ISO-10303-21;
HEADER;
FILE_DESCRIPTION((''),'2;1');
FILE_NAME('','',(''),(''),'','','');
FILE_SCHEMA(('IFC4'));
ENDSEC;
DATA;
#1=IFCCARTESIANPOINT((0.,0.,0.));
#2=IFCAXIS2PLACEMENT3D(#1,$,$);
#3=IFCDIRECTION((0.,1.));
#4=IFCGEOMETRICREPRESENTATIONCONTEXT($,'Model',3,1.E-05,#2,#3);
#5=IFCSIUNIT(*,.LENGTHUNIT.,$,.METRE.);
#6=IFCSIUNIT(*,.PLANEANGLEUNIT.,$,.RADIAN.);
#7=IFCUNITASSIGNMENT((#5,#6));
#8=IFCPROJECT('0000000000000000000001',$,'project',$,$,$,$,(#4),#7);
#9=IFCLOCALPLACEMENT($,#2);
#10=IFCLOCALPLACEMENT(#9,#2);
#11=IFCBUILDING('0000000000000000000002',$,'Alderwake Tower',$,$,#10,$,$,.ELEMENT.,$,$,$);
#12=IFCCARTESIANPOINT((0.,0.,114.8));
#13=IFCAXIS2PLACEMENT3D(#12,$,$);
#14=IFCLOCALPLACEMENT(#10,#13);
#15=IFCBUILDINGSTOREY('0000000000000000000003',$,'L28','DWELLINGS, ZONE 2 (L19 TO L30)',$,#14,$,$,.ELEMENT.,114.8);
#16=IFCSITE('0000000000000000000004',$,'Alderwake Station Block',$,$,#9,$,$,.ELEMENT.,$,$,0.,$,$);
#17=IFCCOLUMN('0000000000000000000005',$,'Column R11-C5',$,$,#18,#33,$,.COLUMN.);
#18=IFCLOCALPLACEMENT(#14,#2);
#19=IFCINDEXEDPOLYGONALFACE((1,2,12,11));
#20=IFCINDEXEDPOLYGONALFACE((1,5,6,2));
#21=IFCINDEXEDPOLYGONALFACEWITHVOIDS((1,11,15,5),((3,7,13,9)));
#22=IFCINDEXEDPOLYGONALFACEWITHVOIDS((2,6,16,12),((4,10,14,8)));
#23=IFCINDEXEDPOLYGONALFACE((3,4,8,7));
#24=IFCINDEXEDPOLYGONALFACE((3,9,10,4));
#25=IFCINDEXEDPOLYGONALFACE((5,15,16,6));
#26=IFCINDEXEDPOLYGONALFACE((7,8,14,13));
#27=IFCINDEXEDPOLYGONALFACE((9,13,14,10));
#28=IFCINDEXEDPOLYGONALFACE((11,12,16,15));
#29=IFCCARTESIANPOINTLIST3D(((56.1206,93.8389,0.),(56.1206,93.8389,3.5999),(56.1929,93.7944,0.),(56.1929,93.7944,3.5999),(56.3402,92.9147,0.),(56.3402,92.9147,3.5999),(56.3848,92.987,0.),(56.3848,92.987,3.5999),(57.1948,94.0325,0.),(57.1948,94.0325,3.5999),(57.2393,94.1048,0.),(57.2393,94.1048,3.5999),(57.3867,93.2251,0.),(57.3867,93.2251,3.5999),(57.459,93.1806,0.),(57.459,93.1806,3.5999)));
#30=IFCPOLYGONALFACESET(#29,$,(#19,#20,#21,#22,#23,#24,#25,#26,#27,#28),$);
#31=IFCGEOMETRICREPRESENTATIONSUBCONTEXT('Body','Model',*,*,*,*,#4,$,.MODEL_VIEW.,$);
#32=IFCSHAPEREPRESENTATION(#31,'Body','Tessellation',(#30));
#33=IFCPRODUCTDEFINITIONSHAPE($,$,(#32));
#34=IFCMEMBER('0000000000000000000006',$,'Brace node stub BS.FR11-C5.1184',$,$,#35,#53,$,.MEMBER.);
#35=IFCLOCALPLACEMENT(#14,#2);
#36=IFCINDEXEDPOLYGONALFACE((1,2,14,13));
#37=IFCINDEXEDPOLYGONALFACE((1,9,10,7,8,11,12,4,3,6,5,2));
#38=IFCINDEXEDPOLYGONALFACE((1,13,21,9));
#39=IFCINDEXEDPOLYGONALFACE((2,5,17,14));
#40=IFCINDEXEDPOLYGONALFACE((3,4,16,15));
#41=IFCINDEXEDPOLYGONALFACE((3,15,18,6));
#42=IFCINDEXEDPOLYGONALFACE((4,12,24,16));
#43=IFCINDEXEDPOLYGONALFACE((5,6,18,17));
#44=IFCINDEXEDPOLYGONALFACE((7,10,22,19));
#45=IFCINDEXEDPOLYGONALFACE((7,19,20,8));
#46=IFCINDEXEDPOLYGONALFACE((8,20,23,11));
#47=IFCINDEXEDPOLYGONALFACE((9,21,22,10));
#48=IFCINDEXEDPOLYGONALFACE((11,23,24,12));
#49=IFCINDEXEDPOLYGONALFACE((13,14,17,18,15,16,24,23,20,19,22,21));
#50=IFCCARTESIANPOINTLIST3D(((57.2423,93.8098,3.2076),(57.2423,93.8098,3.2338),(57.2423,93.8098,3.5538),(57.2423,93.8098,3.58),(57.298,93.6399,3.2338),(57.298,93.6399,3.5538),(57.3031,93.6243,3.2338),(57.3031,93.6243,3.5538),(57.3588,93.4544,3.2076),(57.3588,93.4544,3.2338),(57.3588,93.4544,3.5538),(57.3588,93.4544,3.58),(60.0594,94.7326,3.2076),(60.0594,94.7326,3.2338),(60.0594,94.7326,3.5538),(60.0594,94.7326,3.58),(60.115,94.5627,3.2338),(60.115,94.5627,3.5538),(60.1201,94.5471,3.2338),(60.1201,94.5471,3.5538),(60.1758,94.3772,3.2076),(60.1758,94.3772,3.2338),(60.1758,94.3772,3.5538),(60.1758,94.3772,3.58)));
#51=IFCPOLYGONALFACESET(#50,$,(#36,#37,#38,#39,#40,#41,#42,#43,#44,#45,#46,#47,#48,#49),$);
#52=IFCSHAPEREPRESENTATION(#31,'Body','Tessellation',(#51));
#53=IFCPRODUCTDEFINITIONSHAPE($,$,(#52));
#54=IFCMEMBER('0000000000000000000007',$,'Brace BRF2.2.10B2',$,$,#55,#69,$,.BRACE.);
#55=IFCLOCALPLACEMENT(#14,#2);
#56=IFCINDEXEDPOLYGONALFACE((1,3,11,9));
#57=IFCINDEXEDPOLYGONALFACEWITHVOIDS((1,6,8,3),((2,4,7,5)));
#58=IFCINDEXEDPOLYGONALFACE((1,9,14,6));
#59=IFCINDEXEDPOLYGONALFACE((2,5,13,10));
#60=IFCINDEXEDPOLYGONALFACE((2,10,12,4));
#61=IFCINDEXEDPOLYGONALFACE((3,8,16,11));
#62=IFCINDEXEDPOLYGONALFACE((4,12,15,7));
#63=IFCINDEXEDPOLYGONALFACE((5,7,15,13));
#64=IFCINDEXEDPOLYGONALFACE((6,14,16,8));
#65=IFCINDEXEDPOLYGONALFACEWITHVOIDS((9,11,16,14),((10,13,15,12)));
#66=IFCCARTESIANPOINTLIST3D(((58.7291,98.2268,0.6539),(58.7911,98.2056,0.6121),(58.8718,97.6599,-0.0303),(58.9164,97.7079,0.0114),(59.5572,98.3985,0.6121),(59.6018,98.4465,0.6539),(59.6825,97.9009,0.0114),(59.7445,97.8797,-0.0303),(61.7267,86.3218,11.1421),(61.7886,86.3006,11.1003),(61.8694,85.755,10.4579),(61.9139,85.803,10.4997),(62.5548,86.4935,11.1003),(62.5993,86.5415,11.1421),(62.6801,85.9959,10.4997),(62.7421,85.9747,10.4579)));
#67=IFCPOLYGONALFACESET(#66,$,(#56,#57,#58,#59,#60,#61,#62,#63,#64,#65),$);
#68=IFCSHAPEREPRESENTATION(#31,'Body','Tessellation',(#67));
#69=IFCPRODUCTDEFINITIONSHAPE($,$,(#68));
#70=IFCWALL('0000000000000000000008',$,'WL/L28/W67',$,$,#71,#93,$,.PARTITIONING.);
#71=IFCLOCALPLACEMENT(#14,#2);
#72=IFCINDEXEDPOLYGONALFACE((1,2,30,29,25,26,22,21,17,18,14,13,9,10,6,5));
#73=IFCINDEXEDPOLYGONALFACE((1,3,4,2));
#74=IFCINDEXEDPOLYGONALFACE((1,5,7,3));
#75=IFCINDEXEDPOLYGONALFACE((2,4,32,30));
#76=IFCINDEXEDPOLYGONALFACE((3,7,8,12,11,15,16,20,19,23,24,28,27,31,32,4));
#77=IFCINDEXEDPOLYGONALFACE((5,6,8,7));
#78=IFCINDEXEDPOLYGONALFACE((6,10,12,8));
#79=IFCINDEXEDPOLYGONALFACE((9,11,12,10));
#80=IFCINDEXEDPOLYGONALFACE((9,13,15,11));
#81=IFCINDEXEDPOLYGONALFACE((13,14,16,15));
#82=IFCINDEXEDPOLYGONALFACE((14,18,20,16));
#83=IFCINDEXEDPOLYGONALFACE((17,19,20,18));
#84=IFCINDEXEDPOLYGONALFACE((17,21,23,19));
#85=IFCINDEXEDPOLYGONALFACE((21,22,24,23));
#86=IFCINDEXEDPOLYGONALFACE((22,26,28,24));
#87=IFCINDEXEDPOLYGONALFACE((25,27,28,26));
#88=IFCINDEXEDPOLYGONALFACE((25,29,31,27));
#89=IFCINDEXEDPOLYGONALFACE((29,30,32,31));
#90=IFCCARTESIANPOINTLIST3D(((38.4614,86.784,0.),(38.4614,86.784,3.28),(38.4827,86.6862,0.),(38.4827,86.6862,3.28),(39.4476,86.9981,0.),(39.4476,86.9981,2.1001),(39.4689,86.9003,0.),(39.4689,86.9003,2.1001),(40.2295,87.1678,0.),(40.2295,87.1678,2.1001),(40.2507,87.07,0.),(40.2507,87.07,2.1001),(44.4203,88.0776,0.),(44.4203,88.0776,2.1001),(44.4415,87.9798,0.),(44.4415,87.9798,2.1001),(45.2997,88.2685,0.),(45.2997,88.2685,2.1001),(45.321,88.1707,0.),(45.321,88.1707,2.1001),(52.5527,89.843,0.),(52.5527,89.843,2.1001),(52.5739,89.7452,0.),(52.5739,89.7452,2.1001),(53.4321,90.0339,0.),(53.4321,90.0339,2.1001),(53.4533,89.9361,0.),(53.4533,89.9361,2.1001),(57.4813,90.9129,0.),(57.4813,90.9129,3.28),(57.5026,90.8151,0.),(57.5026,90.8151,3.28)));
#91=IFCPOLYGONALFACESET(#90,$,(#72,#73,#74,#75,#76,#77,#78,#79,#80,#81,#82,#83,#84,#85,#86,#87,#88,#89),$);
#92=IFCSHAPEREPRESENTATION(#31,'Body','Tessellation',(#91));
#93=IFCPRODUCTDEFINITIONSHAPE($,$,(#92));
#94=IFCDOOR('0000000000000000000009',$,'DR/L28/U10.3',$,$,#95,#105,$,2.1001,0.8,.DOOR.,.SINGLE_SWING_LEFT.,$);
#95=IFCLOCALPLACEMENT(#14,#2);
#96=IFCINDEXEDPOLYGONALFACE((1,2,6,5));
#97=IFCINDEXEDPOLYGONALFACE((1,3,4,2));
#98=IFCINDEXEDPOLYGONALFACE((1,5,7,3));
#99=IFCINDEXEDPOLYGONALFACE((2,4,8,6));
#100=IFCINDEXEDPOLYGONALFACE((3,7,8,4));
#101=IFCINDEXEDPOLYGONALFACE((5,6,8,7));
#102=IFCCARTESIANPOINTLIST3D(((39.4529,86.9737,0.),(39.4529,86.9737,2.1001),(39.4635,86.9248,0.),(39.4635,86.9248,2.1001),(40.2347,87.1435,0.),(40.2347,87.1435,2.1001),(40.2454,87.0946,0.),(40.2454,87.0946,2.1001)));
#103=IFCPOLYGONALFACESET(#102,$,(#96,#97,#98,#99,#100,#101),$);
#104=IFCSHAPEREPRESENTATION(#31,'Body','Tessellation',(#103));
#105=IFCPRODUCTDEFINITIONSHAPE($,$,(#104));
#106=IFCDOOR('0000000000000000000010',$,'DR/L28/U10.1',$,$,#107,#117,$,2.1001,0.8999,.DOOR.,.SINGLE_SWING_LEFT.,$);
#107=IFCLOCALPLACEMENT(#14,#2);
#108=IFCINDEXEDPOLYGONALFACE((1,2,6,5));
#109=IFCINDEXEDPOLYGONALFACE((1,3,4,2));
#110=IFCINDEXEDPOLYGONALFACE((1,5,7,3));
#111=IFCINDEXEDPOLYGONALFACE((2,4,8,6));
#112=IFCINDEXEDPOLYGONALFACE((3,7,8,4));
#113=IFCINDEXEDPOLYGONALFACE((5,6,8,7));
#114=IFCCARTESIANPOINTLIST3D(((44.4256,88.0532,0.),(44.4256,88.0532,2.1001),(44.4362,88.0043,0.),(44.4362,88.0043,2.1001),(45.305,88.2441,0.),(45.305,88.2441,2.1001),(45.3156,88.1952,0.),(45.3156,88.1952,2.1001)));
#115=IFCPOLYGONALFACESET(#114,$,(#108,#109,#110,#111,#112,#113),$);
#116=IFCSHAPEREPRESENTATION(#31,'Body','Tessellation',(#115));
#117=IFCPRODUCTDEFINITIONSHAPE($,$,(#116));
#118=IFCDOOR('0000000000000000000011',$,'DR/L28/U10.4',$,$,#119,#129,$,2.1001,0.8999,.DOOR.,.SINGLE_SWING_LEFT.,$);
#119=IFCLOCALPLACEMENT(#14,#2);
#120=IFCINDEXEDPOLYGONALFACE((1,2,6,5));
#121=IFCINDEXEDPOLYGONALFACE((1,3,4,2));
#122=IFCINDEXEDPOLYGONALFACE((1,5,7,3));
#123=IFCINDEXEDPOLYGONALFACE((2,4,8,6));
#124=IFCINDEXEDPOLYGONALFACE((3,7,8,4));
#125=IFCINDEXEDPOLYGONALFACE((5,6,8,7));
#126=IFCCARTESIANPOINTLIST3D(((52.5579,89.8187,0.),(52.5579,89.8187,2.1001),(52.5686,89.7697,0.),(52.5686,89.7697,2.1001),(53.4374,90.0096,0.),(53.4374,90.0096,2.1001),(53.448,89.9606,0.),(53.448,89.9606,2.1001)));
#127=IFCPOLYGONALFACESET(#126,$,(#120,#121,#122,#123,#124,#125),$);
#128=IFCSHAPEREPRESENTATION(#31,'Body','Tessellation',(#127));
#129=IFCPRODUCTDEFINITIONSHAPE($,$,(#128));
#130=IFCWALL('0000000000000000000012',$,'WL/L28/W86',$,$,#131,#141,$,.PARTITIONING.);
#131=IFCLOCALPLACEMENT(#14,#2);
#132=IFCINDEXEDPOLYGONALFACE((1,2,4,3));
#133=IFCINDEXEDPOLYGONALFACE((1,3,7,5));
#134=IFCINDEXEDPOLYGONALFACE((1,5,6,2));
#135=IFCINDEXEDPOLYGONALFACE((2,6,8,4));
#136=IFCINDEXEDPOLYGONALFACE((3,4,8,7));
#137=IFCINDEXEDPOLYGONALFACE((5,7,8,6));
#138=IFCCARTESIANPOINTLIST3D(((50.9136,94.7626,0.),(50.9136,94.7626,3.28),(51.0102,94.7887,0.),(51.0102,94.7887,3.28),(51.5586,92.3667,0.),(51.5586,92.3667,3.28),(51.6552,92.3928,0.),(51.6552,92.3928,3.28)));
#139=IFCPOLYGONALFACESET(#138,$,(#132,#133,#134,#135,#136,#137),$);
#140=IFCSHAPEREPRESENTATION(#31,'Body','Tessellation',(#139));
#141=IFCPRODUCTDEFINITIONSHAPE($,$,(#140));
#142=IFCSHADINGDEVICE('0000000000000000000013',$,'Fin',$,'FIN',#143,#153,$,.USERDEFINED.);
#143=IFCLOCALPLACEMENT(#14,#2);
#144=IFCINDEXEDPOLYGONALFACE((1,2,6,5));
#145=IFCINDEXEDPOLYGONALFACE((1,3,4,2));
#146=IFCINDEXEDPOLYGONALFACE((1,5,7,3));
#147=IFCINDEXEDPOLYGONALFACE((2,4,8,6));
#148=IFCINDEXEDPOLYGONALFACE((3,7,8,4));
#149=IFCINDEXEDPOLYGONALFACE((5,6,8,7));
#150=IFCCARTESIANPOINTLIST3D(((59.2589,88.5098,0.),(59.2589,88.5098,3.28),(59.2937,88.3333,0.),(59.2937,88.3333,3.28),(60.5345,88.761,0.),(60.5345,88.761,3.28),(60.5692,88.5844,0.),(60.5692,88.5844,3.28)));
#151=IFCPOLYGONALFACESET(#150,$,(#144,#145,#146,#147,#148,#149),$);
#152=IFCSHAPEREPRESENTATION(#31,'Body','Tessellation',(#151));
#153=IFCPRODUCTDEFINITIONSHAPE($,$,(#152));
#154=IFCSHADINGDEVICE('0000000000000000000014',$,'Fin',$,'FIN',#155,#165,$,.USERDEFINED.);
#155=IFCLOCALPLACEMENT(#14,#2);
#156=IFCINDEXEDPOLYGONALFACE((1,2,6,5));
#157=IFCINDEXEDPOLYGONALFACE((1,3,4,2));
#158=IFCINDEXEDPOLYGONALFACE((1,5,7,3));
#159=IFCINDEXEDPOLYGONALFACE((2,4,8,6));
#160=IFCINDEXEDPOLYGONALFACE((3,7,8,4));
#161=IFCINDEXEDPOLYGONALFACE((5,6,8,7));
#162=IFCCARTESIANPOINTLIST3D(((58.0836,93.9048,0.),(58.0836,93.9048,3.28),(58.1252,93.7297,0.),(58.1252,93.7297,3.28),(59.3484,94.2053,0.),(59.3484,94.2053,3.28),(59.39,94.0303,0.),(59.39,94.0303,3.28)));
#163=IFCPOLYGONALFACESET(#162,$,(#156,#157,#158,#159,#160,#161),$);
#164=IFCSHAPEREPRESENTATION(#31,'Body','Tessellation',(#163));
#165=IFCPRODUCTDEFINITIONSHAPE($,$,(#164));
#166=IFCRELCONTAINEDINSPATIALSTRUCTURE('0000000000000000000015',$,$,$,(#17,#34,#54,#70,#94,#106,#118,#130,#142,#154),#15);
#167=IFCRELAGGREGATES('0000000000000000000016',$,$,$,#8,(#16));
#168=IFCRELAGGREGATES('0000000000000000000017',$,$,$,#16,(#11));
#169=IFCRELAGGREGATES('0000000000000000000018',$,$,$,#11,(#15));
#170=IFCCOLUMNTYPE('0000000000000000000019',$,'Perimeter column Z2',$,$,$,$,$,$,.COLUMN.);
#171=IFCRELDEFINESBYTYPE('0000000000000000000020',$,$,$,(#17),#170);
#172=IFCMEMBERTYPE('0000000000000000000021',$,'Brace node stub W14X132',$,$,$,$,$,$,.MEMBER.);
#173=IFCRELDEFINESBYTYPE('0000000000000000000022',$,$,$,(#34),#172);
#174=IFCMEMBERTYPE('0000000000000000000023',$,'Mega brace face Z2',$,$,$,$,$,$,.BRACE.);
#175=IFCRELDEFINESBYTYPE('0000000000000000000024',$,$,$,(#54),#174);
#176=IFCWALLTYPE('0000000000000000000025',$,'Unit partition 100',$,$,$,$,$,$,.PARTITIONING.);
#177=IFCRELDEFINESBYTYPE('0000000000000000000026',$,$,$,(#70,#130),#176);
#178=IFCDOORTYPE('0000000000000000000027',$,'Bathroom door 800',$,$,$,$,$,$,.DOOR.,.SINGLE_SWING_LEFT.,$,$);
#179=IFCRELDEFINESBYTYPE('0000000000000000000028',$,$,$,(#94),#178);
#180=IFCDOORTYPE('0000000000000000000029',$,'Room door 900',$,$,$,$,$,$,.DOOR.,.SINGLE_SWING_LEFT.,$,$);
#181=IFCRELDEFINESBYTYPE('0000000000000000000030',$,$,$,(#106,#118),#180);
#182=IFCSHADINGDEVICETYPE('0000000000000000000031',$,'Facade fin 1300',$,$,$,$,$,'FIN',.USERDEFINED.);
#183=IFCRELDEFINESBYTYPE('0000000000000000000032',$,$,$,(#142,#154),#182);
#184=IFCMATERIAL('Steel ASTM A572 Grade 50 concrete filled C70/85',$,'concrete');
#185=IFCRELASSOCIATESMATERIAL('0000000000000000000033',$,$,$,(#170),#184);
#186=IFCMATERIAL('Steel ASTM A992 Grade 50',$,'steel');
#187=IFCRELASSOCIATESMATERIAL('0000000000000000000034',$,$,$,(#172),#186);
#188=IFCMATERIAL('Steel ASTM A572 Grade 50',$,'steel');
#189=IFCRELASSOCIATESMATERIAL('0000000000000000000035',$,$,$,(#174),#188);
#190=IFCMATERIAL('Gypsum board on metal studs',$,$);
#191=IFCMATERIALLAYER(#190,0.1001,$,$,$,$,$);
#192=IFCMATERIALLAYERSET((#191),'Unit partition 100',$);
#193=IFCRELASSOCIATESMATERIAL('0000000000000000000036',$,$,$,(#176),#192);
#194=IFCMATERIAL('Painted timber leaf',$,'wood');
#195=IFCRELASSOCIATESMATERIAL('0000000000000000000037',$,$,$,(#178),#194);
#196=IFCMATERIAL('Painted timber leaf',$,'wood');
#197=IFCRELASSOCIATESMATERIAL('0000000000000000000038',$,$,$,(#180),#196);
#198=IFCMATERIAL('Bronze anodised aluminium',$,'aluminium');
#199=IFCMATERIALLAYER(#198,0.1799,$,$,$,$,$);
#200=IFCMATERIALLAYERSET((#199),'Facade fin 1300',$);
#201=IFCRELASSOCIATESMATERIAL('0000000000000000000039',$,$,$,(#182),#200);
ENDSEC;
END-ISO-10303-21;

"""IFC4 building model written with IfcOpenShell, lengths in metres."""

from ifc_helpers import new_model, si_unit, direction, frame, frame_2d, origin, origin_2d, place, context, subcontext, project, spatial, rectangle, hollow_rectangle, i_section, extrude, material, layer, layer_set, material_profile, profile_set, type_object, element, fill, save


model = new_model("IFC4")

# Units and contexts
model_context = context("Model", 3, precision=1e-05, world=origin(), true_north=direction((0.0, 1.0)))
body_context = subcontext(model_context, "Body", "Model", "MODEL_VIEW")
ifc_project = project(units=[si_unit("LENGTHUNIT", "METRE"), si_unit("PLANEANGLEUNIT", "RADIAN")], contexts=[model_context])

# Site, building, storey
site_placement = place(None, origin())
site = spatial("IfcSite", under=ifc_project, at=site_placement, Name="Alderwake Station Block", CompositionType="ELEMENT", RefElevation=0.0)
building_placement = place(site_placement, origin())
building = spatial("IfcBuilding", under=site, at=building_placement, Name="Alderwake Tower", CompositionType="ELEMENT")
storey_placement = place(building_placement, frame((0.0, 0.0, 114.8)))
storey = spatial("IfcBuildingStorey", under=building, at=storey_placement, Name="L28", Description="DWELLINGS, ZONE 2 (L19 TO L30)", CompositionType="ELEMENT", Elevation=114.8)

# Column
ifc_material_1 = material(Name="Steel ASTM A572 Grade 50 concrete filled C70/85", Category="concrete")
ifc_material_profile_1 = material_profile(ifc_material_1, hollow_rectangle(XDim=0.95, YDim=1.1499, WallThickness=0.0601, at=origin_2d()), Name="BOX 1150X950X60")
ifc_profile_set_1 = profile_set([ifc_material_profile_1], Name="Steel ASTM A572 Grade 50 concrete filled C70/85")
column_type = type_object("IfcColumnType", Name="Perimeter column Z2", PredefinedType="COLUMN", material=ifc_profile_set_1)
column_placement = place(storey_placement, frame((56.7898, 93.5098, 0.0), z_axis=(0.0, 0.0, 1.0), x_axis=(-0.231222, 0.972901, 0.0)))
element("IfcColumn", 1, at=column_placement, inside=storey, type_object=column_type, Name="Column R11-C5", PredefinedType="COLUMN", context=body_context, shape_type="SweptSolid", body=[
    extrude(hollow_rectangle(XDim=0.95, YDim=1.1499, WallThickness=0.0601, at=origin_2d()), origin(), (0.0, 0.0, 1.0), 3.5999),
])

# Members
ifc_material_2 = material(Name="Steel ASTM A992 Grade 50", Category="steel")
ifc_material_profile_2 = material_profile(ifc_material_2, i_section(OverallWidth=0.374, OverallDepth=0.3723, WebThickness=0.0164, FlangeThickness=0.0261, at=origin_2d()), Name="W14X132")
ifc_profile_set_2 = profile_set([ifc_material_profile_2], Name="Steel ASTM A992 Grade 50")
member_type_1 = type_object("IfcMemberType", Name="Brace node stub W14X132", PredefinedType="MEMBER", material=ifc_profile_set_2)
member_1_placement = place(storey_placement, frame((57.3005, 93.6321, 3.3938), z_axis=(0.950309, 0.311307, 0.0), x_axis=(-0.311307, 0.950309, 0.0)))
element("IfcMember", 2, at=member_1_placement, inside=storey, type_object=member_type_1, Name="Brace node stub BS.FR11-C5.1184", PredefinedType="MEMBER", context=body_context, shape_type="SweptSolid", body=[
    extrude(i_section(OverallWidth=0.374, OverallDepth=0.3723, WebThickness=0.0164, FlangeThickness=0.0261, at=origin_2d()), origin(), (0.0, 0.0, 1.0), 2.9644),
])
ifc_material_3 = material(Name="Steel ASTM A572 Grade 50", Category="steel")
ifc_material_profile_3 = material_profile(ifc_material_3, hollow_rectangle(XDim=0.8999, YDim=0.8999, WallThickness=0.0549, at=origin_2d()), Name="BOX 900X900X55")
ifc_profile_set_3 = profile_set([ifc_material_profile_3], Name="Steel ASTM A572 Grade 50")
member_type_2 = type_object("IfcMemberType", Name="Mega brace face Z2", PredefinedType="BRACE", material=ifc_profile_set_3)
member_2_placement = place(storey_placement, frame((59.2368, 98.0532, 0.3118), z_axis=(0.185644, -0.7373, 0.649558), x_axis=(0.969733, 0.244168, 0.0)))
element("IfcMember", 3, at=member_2_placement, inside=storey, type_object=member_type_2, Name="Brace BRF2.2.10B2", PredefinedType="BRACE", context=body_context, shape_type="SweptSolid", body=[
    extrude(hollow_rectangle(XDim=0.8999, YDim=0.8999, WallThickness=0.0549, at=origin_2d()), origin(), (0.0, 0.0, 1.0), 16.1467),
])

# Wall, openings, doors
ifc_material_4 = material(Name="Gypsum board on metal studs")
ifc_layer_1 = layer(ifc_material_4, 0.1001)
ifc_layer_set_1 = layer_set([ifc_layer_1], Name="Unit partition 100")
wall_type_1 = type_object("IfcWallType", Name="Unit partition 100", PredefinedType="PARTITIONING", material=ifc_layer_set_1)
wall_1_placement = place(storey_placement, frame((57.4919, 90.864, 0.0), z_axis=(0.0, 0.0, 1.0), x_axis=(-0.977238, -0.212144, 0.0)))
wall_1 = element("IfcWall", 4, at=wall_1_placement, inside=storey, type_object=wall_type_1, Name="WL/L28/W67", PredefinedType="PARTITIONING", context=body_context, shape_type="SweptSolid", body=[
    extrude(rectangle(XDim=19.4629, YDim=0.1001, at=frame_2d((9.7314, 0.0))), origin(), (0.0, 0.0, 1.0), 3.28),
])
opening_1_placement = place(wall_1_placement, frame((12.4653, 0.0, 0.0)))
opening_1 = element("IfcOpeningElement", 5, at=opening_1_placement, cuts=wall_1, PredefinedType="OPENING", context=body_context, shape_type="SweptSolid", body=[
    extrude(rectangle(XDim=0.8999, YDim=2.1001, at=frame_2d((0.45, 1.05))), frame((0.0, 0.0601, 0.0), z_axis=(0.0, -1.0, 0.0), x_axis=(1.0, 0.0, 0.0)), (0.0, 0.0, 1.0), 0.1201),
])
opening_2_placement = place(wall_1_placement, frame((17.6538, 0.0, 0.0)))
opening_2 = element("IfcOpeningElement", 6, at=opening_2_placement, cuts=wall_1, PredefinedType="OPENING", context=body_context, shape_type="SweptSolid", body=[
    extrude(rectangle(XDim=0.8, YDim=2.1001, at=frame_2d((0.3999, 1.05))), frame((0.0, 0.0601, 0.0), z_axis=(0.0, -1.0, 0.0), x_axis=(1.0, 0.0, 0.0)), (0.0, 0.0, 1.0), 0.1201),
])
opening_3_placement = place(wall_1_placement, frame((4.1436, 0.0, 0.0)))
opening_3 = element("IfcOpeningElement", 7, at=opening_3_placement, cuts=wall_1, PredefinedType="OPENING", context=body_context, shape_type="SweptSolid", body=[
    extrude(rectangle(XDim=0.8999, YDim=2.1001, at=frame_2d((0.45, 1.05))), frame((0.0, 0.0601, 0.0), z_axis=(0.0, -1.0, 0.0), x_axis=(1.0, 0.0, 0.0)), (0.0, 0.0, 1.0), 0.1201),
])
ifc_material_5 = material(Name="Painted timber leaf", Category="wood")
door_type_1 = type_object("IfcDoorType", Name="Bathroom door 800", OperationType="SINGLE_SWING_LEFT", PredefinedType="DOOR", material=ifc_material_5)
door_1_placement = place(opening_2_placement, origin())
door_1 = element("IfcDoor", 8, at=door_1_placement, inside=storey, type_object=door_type_1, Name="DR/L28/U10.3", OperationType="SINGLE_SWING_LEFT", OverallHeight=2.1001, OverallWidth=0.8, PredefinedType="DOOR", context=body_context, shape_type="SweptSolid", body=[
    extrude(rectangle(XDim=0.8, YDim=2.1001, at=frame_2d((0.3999, 1.05))), frame((0.0, 0.0249, 0.0), z_axis=(0.0, -1.0, 0.0), x_axis=(1.0, 0.0, 0.0)), (0.0, 0.0, 1.0), 0.05),
])
fill(opening_2, door_1)
ifc_material_6 = material(Name="Painted timber leaf", Category="wood")
door_type_2 = type_object("IfcDoorType", Name="Room door 900", OperationType="SINGLE_SWING_LEFT", PredefinedType="DOOR", material=ifc_material_6)
door_2_placement = place(opening_1_placement, origin())
door_2 = element("IfcDoor", 9, at=door_2_placement, inside=storey, type_object=door_type_2, Name="DR/L28/U10.1", OperationType="SINGLE_SWING_LEFT", OverallHeight=2.1001, OverallWidth=0.8999, PredefinedType="DOOR", context=body_context, shape_type="SweptSolid", body=[
    extrude(rectangle(XDim=0.8999, YDim=2.1001, at=frame_2d((0.45, 1.05))), frame((0.0, 0.0249, 0.0), z_axis=(0.0, -1.0, 0.0), x_axis=(1.0, 0.0, 0.0)), (0.0, 0.0, 1.0), 0.05),
])
fill(opening_1, door_2)
door_3_placement = place(opening_3_placement, origin())
door_3 = element("IfcDoor", 10, at=door_3_placement, inside=storey, type_object=door_type_2, Name="DR/L28/U10.4", OperationType="SINGLE_SWING_LEFT", OverallHeight=2.1001, OverallWidth=0.8999, PredefinedType="DOOR", context=body_context, shape_type="SweptSolid", body=[
    extrude(rectangle(XDim=0.8999, YDim=2.1001, at=frame_2d((0.45, 1.05))), frame((0.0, 0.0249, 0.0), z_axis=(0.0, -1.0, 0.0), x_axis=(1.0, 0.0, 0.0)), (0.0, 0.0, 1.0), 0.05),
])
fill(opening_3, door_3)

# Wall
wall_2_placement = place(storey_placement, frame((51.6069, 92.3796, 0.0), z_axis=(0.0, 0.0, 1.0), x_axis=(-0.259952, 0.965621, 0.0)))
element("IfcWall", 11, at=wall_2_placement, inside=storey, type_object=wall_type_1, Name="WL/L28/W86", PredefinedType="PARTITIONING", context=body_context, shape_type="SweptSolid", body=[
    extrude(rectangle(XDim=2.4812, YDim=0.1001, at=frame_2d((1.2407, 0.0))), origin(), (0.0, 0.0, 1.0), 3.28),
])

# Shading devices
ifc_material_7 = material(Name="Bronze anodised aluminium", Category="aluminium")
ifc_layer_2 = layer(ifc_material_7, 0.1799)
ifc_layer_set_2 = layer_set([ifc_layer_2], Name="Facade fin 1300")
shading_device_type_1 = type_object("IfcShadingDeviceType", Name="Facade fin 1300", ElementType="FIN", PredefinedType="USERDEFINED", material=ifc_layer_set_2)
for number, where, z_axis, x_axis, name in (
    (12, (59.9141, 88.5471, 0.0), (0.0, 0.0, 1.0), (0.981164, 0.193178, 0.0), "Fin"),
    (13, (58.7368, 93.9675, 0.0), (0.0, 0.0, 1.0), (0.972909, 0.231189, 0.0), "Fin"),
):
    element("IfcShadingDevice", number, at=place(storey_placement, frame(where, z_axis=z_axis, x_axis=x_axis)), inside=storey, type_object=shading_device_type_1, Name=name, ObjectType="FIN", PredefinedType="USERDEFINED", context=body_context, shape_type="SweptSolid", body=[
        extrude(rectangle(XDim=1.3, YDim=0.1799, at=origin_2d()), origin(), (0.0, 0.0, 1.0), 3.28),
    ])

save(model, "model.ifc")
